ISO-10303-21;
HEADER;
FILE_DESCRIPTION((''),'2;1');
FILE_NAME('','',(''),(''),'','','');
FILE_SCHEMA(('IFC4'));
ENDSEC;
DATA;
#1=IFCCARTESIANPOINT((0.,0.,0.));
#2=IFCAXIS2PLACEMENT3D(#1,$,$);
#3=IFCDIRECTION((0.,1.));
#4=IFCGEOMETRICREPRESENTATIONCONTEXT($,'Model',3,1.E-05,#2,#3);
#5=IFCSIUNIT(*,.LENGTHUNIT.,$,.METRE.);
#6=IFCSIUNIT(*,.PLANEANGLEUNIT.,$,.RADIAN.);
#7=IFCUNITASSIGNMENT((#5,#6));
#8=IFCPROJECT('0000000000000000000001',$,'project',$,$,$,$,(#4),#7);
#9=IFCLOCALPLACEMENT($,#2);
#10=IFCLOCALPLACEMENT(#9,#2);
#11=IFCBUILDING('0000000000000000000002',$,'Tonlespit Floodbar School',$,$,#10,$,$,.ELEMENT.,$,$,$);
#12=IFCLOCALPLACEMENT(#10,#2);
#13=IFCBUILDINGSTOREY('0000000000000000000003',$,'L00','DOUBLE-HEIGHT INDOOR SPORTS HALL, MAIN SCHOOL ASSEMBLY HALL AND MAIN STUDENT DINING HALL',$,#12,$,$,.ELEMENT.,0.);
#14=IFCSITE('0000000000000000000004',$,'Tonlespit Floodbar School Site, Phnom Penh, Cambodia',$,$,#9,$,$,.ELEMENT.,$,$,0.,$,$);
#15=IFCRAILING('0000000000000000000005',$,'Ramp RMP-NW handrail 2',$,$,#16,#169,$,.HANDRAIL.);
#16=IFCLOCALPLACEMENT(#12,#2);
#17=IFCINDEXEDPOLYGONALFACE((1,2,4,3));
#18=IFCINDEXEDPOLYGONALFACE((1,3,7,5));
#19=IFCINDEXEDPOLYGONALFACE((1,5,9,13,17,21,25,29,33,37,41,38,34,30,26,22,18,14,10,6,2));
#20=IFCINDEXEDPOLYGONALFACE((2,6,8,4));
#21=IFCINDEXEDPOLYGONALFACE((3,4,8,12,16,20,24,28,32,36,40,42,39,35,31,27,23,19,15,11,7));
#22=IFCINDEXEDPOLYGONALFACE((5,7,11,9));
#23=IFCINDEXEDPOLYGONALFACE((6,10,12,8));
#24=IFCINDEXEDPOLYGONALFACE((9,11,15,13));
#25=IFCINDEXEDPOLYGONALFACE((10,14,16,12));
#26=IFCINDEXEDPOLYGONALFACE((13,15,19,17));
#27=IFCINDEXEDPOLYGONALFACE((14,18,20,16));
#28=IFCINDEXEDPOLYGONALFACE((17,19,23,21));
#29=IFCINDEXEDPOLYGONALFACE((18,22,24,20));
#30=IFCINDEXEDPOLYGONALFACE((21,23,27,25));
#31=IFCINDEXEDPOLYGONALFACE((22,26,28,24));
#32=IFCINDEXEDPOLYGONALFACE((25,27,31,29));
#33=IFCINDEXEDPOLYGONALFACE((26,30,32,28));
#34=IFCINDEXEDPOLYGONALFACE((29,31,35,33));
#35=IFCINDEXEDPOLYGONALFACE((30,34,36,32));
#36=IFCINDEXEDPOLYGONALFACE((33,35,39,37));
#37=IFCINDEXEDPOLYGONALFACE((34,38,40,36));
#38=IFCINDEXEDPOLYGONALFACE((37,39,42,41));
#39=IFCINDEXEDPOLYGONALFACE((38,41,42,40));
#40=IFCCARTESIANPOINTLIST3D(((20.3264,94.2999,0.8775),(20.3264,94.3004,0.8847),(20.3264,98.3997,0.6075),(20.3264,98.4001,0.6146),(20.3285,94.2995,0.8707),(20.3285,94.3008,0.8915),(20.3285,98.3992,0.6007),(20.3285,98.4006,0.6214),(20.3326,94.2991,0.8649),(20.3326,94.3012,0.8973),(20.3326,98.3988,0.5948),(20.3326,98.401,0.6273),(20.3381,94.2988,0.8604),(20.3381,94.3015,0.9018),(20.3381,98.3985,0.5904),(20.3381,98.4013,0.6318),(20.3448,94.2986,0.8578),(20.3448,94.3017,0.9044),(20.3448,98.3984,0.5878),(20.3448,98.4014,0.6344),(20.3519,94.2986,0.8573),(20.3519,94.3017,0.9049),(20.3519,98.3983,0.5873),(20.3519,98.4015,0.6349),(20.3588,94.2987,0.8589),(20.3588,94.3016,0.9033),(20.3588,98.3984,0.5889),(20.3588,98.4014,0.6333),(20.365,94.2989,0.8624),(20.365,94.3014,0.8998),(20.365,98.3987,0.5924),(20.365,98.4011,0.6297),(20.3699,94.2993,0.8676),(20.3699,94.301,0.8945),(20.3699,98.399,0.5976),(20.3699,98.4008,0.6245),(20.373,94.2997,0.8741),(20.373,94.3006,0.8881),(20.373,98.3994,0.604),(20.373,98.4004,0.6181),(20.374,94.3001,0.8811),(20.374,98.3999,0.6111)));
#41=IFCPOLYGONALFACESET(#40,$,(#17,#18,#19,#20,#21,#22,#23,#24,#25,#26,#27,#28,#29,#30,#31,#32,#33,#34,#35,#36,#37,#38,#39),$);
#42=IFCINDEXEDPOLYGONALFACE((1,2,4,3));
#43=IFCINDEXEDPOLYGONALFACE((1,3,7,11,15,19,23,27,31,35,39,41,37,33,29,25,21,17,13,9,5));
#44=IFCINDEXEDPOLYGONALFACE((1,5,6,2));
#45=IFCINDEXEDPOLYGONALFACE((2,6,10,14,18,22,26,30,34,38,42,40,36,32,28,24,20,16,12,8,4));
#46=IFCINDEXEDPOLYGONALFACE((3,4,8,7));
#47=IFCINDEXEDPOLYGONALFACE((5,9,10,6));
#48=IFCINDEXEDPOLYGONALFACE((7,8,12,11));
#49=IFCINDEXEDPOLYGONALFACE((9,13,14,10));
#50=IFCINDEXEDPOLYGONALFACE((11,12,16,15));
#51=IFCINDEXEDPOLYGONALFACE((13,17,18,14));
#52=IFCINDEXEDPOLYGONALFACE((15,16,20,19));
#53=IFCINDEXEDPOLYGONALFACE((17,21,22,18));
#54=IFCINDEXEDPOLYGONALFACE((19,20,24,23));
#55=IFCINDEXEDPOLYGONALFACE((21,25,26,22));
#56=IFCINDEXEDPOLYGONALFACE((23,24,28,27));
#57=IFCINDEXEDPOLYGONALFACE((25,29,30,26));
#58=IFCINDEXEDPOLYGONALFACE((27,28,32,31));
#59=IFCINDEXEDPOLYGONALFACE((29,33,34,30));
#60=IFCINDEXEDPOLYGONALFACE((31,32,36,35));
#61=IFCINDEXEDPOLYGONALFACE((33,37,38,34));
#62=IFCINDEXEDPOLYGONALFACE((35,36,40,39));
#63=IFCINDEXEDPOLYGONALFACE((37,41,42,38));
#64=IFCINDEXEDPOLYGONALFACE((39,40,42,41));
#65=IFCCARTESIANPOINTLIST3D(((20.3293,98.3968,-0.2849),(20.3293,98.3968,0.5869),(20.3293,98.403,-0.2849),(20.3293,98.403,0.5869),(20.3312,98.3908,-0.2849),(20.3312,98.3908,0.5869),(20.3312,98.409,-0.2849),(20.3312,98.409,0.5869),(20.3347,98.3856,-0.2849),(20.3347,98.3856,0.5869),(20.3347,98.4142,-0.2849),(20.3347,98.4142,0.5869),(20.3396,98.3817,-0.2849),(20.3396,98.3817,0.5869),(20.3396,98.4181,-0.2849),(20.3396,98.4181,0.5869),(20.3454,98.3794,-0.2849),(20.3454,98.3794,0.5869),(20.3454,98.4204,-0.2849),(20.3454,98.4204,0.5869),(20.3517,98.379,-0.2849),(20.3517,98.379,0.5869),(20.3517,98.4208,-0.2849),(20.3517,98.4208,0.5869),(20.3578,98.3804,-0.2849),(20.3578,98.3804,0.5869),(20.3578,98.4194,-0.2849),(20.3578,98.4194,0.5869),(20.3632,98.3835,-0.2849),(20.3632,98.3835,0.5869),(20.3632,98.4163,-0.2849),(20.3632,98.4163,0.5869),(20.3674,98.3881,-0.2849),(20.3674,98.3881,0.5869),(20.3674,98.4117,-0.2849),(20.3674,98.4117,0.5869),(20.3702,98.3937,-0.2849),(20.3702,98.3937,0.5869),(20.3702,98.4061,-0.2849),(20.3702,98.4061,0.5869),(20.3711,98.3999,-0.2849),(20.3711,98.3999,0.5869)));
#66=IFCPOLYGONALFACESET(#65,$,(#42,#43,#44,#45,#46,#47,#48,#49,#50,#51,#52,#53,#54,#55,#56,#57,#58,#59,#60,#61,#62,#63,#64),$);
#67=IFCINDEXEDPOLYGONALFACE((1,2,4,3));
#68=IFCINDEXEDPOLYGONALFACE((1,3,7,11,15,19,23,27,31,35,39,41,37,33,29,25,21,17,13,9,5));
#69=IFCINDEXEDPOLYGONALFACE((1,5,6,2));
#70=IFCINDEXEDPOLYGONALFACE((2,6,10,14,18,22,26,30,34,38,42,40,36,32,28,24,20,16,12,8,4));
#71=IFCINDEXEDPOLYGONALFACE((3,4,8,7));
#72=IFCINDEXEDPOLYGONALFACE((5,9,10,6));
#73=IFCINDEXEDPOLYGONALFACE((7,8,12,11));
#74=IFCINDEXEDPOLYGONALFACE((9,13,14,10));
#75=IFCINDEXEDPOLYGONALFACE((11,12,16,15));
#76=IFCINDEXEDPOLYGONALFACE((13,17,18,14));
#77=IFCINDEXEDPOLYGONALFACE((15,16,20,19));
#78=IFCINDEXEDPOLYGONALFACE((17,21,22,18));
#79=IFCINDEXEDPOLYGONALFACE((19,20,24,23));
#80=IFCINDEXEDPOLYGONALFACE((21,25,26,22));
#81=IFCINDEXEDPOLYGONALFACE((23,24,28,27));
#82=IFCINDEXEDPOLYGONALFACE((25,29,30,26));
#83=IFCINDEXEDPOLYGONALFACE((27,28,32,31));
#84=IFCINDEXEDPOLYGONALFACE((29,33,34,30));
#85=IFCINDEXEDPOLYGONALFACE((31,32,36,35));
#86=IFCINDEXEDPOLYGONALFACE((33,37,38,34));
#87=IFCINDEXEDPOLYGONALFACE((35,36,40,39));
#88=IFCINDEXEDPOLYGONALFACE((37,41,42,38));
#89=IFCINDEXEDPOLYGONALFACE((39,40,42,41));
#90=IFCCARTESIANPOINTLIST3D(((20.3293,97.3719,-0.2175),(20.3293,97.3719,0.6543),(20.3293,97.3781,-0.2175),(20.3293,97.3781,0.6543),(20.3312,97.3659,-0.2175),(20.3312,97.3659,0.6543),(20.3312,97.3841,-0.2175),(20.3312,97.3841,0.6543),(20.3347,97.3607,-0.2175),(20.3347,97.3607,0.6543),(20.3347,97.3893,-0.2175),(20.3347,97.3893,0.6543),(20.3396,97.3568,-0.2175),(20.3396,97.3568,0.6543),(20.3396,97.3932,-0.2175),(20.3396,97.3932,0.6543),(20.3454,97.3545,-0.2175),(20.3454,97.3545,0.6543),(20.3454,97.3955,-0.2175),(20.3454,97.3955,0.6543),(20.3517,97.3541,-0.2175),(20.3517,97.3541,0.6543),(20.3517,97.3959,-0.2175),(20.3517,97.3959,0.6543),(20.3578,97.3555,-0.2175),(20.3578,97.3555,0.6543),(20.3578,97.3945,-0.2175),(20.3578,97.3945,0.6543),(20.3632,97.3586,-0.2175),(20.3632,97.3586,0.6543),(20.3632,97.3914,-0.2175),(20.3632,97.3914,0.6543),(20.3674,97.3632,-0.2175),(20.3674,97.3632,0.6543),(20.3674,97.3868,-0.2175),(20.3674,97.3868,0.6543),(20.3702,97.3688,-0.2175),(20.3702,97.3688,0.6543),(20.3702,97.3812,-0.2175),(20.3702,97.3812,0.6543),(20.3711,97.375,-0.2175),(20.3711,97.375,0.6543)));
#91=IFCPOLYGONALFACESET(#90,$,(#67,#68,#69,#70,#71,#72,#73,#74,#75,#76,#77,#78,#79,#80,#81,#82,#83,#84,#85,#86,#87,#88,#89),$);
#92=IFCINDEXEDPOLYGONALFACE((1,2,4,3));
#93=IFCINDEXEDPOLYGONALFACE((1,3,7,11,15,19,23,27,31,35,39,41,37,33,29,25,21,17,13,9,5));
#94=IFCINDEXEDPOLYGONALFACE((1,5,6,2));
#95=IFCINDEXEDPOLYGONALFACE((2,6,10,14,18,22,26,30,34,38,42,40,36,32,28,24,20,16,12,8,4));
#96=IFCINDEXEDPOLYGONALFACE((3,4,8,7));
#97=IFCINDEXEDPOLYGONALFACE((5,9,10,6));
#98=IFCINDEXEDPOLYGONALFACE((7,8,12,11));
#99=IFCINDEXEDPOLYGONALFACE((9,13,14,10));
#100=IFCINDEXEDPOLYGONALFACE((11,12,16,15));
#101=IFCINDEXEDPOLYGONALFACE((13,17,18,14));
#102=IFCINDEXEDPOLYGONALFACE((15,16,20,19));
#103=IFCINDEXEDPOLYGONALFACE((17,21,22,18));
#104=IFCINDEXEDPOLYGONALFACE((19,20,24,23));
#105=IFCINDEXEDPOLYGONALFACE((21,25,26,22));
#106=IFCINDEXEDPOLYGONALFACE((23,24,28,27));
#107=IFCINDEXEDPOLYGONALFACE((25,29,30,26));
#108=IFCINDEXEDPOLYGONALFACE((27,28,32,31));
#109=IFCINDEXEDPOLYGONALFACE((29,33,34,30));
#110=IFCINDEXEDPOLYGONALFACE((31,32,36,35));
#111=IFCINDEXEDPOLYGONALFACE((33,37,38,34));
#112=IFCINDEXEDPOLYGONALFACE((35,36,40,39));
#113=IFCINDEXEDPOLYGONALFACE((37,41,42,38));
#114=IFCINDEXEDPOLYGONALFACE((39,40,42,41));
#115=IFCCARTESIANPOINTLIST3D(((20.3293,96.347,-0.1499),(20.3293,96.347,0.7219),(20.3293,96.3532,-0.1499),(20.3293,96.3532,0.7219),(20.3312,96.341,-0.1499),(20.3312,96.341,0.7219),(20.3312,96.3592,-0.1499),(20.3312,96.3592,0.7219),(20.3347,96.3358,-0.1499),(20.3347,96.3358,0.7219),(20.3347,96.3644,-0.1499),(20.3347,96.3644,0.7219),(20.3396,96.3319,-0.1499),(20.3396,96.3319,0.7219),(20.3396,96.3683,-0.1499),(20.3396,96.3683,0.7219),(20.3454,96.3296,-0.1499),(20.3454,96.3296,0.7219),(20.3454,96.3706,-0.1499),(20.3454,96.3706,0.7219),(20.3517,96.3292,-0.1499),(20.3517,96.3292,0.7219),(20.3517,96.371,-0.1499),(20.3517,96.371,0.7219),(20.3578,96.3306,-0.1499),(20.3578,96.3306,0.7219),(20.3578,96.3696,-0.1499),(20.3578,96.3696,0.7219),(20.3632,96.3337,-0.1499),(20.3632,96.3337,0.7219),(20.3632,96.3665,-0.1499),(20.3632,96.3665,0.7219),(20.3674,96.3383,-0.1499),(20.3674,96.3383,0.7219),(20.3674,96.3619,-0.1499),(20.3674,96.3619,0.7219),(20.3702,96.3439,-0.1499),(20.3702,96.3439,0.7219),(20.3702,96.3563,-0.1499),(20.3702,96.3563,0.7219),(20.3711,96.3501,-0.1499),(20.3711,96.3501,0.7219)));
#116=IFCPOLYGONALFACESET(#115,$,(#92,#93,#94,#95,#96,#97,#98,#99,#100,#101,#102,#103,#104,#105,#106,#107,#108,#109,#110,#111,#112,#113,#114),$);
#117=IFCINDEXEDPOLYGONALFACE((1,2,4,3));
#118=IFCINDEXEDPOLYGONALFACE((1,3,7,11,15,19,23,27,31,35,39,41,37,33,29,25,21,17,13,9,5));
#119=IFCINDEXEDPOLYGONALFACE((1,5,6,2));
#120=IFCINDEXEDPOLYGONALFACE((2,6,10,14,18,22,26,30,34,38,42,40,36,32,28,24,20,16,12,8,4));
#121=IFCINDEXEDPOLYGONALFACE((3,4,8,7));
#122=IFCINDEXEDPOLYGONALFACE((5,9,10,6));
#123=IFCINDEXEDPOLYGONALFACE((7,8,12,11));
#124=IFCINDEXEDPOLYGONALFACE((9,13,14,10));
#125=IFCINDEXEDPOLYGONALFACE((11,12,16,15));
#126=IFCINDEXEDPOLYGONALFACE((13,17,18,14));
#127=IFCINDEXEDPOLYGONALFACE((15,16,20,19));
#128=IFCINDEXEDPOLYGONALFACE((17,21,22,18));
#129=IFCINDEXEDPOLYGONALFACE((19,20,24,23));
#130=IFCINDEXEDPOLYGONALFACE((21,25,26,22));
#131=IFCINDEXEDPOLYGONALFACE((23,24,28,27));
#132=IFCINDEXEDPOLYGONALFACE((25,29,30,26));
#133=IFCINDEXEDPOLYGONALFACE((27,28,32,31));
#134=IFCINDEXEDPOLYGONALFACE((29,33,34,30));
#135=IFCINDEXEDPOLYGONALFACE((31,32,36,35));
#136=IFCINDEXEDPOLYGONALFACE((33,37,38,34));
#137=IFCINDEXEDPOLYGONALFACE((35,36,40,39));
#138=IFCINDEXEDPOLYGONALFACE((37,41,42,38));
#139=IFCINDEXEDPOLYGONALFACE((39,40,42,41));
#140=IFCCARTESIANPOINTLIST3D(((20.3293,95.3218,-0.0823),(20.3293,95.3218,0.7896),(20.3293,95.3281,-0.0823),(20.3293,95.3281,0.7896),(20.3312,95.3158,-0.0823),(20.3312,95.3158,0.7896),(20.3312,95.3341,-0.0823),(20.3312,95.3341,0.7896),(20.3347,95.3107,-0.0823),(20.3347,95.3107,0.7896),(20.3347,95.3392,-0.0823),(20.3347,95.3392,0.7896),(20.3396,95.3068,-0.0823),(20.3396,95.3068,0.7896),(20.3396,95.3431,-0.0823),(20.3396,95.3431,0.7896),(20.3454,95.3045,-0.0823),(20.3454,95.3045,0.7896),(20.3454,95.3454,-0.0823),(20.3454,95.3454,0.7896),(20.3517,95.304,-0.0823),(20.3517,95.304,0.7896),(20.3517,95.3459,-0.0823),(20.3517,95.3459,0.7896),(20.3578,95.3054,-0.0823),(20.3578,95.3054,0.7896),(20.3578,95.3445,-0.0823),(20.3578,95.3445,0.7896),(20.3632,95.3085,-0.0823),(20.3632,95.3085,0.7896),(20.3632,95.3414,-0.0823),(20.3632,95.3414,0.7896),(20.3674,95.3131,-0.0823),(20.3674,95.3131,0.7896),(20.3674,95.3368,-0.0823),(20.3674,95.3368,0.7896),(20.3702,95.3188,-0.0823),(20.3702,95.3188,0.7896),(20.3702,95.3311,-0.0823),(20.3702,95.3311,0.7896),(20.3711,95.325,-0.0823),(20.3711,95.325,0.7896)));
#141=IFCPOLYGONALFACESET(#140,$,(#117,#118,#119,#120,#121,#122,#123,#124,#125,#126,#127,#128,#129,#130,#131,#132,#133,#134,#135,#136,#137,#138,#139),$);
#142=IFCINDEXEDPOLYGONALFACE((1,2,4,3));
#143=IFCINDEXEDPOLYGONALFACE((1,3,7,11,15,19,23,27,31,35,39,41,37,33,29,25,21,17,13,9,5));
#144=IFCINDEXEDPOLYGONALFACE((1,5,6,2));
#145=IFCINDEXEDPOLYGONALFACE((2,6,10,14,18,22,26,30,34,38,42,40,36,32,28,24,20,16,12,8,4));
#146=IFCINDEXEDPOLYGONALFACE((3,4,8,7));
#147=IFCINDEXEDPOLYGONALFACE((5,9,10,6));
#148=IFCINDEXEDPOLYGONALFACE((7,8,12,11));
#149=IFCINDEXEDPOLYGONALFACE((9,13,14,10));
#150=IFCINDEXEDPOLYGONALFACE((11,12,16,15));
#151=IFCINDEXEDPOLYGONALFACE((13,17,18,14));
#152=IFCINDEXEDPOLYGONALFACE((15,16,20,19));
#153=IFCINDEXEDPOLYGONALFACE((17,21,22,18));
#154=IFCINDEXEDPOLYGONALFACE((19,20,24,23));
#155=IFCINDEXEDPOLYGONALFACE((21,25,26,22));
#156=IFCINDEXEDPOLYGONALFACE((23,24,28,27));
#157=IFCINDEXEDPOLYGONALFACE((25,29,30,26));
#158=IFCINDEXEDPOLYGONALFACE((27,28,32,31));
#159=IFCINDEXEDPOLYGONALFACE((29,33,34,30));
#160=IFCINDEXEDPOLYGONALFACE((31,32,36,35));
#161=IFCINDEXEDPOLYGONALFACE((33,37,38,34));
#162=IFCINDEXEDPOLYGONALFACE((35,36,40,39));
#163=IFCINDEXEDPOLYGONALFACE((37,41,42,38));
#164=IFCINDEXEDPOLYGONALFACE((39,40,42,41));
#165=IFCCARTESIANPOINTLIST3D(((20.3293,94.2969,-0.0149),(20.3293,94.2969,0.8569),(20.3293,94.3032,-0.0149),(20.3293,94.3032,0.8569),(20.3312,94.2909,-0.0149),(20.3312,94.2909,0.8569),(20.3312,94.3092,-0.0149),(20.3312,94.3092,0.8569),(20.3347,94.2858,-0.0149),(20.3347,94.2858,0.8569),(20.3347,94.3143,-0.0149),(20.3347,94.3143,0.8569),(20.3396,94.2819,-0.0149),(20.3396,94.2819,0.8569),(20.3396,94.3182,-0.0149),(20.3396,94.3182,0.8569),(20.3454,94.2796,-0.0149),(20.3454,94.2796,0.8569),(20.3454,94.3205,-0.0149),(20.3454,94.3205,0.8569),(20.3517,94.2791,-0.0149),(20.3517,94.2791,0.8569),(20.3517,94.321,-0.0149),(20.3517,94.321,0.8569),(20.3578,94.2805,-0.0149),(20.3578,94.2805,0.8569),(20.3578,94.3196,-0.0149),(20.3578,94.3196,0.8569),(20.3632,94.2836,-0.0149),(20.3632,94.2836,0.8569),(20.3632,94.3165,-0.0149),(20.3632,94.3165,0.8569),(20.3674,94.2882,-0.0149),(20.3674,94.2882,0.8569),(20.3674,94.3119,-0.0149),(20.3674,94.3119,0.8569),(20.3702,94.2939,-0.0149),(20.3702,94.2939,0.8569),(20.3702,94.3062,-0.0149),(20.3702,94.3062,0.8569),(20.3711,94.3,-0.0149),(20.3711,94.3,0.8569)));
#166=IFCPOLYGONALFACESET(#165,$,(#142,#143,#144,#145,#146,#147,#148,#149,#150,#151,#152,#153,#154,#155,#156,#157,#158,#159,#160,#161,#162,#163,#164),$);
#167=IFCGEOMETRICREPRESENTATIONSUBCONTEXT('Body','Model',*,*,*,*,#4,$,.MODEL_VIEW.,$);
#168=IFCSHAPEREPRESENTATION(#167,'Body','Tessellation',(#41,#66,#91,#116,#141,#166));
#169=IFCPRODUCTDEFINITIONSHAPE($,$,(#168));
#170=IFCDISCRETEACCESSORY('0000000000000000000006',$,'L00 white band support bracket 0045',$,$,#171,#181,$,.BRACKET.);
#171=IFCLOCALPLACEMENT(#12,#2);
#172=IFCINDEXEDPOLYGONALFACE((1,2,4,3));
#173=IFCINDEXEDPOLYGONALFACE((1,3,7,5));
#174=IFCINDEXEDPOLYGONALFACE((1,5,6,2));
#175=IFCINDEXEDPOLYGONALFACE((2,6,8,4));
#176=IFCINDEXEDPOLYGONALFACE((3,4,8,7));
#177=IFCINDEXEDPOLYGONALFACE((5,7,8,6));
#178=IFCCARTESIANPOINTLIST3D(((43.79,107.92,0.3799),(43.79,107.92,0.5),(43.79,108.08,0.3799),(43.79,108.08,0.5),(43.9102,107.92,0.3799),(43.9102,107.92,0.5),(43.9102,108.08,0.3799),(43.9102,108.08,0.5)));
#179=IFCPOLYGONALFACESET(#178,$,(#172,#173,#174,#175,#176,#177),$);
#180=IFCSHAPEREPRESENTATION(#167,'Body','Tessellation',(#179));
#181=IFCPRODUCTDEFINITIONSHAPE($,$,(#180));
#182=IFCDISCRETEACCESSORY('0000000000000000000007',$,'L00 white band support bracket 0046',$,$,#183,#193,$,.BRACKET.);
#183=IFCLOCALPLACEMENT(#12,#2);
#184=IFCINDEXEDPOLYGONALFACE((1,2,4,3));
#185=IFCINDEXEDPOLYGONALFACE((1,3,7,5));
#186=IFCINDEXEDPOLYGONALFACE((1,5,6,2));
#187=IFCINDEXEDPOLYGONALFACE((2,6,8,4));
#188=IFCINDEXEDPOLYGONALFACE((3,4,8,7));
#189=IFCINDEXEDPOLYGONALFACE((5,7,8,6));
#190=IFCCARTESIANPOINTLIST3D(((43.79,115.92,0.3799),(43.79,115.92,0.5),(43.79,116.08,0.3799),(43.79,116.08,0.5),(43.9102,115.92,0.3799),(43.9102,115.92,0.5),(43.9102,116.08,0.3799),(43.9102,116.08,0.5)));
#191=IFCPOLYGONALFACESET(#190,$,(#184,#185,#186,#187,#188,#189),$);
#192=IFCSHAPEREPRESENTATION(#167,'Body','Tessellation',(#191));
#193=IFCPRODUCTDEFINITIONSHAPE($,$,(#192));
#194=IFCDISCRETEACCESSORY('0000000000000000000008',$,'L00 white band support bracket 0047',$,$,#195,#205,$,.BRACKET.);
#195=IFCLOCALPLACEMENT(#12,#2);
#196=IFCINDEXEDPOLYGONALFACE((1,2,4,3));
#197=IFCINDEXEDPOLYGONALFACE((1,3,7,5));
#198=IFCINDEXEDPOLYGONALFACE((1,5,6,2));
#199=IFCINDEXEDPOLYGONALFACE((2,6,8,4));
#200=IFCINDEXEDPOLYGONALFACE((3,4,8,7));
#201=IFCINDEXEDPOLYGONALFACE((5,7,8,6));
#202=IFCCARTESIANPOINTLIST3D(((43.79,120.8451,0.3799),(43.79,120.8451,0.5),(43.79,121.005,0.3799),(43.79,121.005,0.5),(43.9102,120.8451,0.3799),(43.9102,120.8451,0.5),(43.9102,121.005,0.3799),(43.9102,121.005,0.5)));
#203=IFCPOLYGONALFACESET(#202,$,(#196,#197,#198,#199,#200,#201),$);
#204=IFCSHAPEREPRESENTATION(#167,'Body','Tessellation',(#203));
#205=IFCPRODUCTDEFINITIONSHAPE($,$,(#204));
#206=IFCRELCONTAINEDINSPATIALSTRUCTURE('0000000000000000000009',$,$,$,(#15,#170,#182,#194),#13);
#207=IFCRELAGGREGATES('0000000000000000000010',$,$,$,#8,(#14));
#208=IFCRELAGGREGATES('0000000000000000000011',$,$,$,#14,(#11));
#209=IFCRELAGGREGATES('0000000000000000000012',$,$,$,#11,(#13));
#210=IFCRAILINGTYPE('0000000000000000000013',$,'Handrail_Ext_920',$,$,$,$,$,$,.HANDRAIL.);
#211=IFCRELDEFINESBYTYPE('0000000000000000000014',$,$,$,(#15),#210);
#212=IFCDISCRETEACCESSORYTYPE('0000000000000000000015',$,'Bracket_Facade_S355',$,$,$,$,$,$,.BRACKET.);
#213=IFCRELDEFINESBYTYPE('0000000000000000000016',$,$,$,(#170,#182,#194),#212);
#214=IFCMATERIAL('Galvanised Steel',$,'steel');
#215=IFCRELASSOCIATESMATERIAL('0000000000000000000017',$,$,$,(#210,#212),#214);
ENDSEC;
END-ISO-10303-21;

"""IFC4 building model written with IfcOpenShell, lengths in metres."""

from ifc_helpers import new_model, si_unit, direction, frame, origin, origin_2d, place, context, subcontext, project, spatial, rectangle, circle, extrude, material, type_object, element, save


model = new_model("IFC4")

# Units and contexts
model_context = context("Model", 3, precision=1e-05, world=origin(), true_north=direction((0.0, 1.0)))
body_context = subcontext(model_context, "Body", "Model", "MODEL_VIEW")
ifc_project = project(units=[si_unit("LENGTHUNIT", "METRE"), si_unit("PLANEANGLEUNIT", "RADIAN")], contexts=[model_context])

# Site, building, storey
site_placement = place(None, origin())
site = spatial("IfcSite", under=ifc_project, at=site_placement, Name="Tonlespit Floodbar School Site, Phnom Penh, Cambodia", CompositionType="ELEMENT", RefElevation=0.0)
building_placement = place(site_placement, origin())
building = spatial("IfcBuilding", under=site, at=building_placement, Name="Tonlespit Floodbar School", CompositionType="ELEMENT")
storey_placement = place(building_placement, origin())
storey = spatial("IfcBuildingStorey", under=building, at=storey_placement, Name="L00", Description="DOUBLE-HEIGHT INDOOR SPORTS HALL, MAIN SCHOOL ASSEMBLY HALL AND MAIN STUDENT DINING HALL", CompositionType="ELEMENT", Elevation=0.0)

# Railing
ifc_material_1 = material(Name="Galvanised Steel", Category="steel")
railing_type = type_object("IfcRailingType", Name="Handrail_Ext_920", PredefinedType="HANDRAIL", material=ifc_material_1)
railing_placement = place(storey_placement, frame((20.3501, 98.3999, -0.2849)))
element("IfcRailing", 1, at=railing_placement, inside=storey, type_object=railing_type, Name="Ramp RMP-NW handrail 2", PredefinedType="HANDRAIL", context=body_context, shape_type="SweptSolid", body=[
    extrude(circle(Radius=0.0239, at=origin_2d()), frame((0.0, 0.0, 0.896), z_axis=(0.0, -0.997838, 0.065718), x_axis=(1.0, 0.0, 0.0)), (0.0, 0.0, 1.0), 4.1086),
    extrude(circle(Radius=0.021, at=origin_2d()), origin(), (0.0, 0.0, 1.0), 0.8718),
    extrude(circle(Radius=0.021, at=origin_2d()), frame((0.0, -1.0249, 0.0674)), (0.0, 0.0, 1.0), 0.8718),
    extrude(circle(Radius=0.021, at=origin_2d()), frame((0.0, -2.0498, 0.135)), (0.0, 0.0, 1.0), 0.8718),
    extrude(circle(Radius=0.021, at=origin_2d()), frame((0.0, -3.075, 0.2026)), (0.0, 0.0, 1.0), 0.8718),
    extrude(circle(Radius=0.021, at=origin_2d()), frame((0.0, -4.0999, 0.27)), (0.0, 0.0, 1.0), 0.8718),
])

# Discrete accessories
discrete_accessory_type_1 = type_object("IfcDiscreteAccessoryType", Name="Bracket_Facade_S355", PredefinedType="BRACKET", material=ifc_material_1)
for number, where, z_axis, x_axis, name in (
    (2, (43.8501, 108.0, 0.3799), (0.0, 0.0, 1.0), (0.0, 1.0, 0.0), "L00 white band support bracket 0045"),
    (3, (43.8501, 116.0, 0.3799), (0.0, 0.0, 1.0), (0.0, 1.0, 0.0), "L00 white band support bracket 0046"),
    (4, (43.8501, 120.925, 0.3799), (0.0, 0.0, 1.0), (0.0, 1.0, 0.0), "L00 white band support bracket 0047"),
):
    element("IfcDiscreteAccessory", number, at=place(storey_placement, frame(where, z_axis=z_axis, x_axis=x_axis)), inside=storey, type_object=discrete_accessory_type_1, Name=name, PredefinedType="BRACKET", context=body_context, shape_type="SweptSolid", body=[
        extrude(rectangle(XDim=0.1599, YDim=0.1201, at=origin_2d()), origin(), (0.0, 0.0, 1.0), 0.1201),
    ])

save(model, "model.ifc")
